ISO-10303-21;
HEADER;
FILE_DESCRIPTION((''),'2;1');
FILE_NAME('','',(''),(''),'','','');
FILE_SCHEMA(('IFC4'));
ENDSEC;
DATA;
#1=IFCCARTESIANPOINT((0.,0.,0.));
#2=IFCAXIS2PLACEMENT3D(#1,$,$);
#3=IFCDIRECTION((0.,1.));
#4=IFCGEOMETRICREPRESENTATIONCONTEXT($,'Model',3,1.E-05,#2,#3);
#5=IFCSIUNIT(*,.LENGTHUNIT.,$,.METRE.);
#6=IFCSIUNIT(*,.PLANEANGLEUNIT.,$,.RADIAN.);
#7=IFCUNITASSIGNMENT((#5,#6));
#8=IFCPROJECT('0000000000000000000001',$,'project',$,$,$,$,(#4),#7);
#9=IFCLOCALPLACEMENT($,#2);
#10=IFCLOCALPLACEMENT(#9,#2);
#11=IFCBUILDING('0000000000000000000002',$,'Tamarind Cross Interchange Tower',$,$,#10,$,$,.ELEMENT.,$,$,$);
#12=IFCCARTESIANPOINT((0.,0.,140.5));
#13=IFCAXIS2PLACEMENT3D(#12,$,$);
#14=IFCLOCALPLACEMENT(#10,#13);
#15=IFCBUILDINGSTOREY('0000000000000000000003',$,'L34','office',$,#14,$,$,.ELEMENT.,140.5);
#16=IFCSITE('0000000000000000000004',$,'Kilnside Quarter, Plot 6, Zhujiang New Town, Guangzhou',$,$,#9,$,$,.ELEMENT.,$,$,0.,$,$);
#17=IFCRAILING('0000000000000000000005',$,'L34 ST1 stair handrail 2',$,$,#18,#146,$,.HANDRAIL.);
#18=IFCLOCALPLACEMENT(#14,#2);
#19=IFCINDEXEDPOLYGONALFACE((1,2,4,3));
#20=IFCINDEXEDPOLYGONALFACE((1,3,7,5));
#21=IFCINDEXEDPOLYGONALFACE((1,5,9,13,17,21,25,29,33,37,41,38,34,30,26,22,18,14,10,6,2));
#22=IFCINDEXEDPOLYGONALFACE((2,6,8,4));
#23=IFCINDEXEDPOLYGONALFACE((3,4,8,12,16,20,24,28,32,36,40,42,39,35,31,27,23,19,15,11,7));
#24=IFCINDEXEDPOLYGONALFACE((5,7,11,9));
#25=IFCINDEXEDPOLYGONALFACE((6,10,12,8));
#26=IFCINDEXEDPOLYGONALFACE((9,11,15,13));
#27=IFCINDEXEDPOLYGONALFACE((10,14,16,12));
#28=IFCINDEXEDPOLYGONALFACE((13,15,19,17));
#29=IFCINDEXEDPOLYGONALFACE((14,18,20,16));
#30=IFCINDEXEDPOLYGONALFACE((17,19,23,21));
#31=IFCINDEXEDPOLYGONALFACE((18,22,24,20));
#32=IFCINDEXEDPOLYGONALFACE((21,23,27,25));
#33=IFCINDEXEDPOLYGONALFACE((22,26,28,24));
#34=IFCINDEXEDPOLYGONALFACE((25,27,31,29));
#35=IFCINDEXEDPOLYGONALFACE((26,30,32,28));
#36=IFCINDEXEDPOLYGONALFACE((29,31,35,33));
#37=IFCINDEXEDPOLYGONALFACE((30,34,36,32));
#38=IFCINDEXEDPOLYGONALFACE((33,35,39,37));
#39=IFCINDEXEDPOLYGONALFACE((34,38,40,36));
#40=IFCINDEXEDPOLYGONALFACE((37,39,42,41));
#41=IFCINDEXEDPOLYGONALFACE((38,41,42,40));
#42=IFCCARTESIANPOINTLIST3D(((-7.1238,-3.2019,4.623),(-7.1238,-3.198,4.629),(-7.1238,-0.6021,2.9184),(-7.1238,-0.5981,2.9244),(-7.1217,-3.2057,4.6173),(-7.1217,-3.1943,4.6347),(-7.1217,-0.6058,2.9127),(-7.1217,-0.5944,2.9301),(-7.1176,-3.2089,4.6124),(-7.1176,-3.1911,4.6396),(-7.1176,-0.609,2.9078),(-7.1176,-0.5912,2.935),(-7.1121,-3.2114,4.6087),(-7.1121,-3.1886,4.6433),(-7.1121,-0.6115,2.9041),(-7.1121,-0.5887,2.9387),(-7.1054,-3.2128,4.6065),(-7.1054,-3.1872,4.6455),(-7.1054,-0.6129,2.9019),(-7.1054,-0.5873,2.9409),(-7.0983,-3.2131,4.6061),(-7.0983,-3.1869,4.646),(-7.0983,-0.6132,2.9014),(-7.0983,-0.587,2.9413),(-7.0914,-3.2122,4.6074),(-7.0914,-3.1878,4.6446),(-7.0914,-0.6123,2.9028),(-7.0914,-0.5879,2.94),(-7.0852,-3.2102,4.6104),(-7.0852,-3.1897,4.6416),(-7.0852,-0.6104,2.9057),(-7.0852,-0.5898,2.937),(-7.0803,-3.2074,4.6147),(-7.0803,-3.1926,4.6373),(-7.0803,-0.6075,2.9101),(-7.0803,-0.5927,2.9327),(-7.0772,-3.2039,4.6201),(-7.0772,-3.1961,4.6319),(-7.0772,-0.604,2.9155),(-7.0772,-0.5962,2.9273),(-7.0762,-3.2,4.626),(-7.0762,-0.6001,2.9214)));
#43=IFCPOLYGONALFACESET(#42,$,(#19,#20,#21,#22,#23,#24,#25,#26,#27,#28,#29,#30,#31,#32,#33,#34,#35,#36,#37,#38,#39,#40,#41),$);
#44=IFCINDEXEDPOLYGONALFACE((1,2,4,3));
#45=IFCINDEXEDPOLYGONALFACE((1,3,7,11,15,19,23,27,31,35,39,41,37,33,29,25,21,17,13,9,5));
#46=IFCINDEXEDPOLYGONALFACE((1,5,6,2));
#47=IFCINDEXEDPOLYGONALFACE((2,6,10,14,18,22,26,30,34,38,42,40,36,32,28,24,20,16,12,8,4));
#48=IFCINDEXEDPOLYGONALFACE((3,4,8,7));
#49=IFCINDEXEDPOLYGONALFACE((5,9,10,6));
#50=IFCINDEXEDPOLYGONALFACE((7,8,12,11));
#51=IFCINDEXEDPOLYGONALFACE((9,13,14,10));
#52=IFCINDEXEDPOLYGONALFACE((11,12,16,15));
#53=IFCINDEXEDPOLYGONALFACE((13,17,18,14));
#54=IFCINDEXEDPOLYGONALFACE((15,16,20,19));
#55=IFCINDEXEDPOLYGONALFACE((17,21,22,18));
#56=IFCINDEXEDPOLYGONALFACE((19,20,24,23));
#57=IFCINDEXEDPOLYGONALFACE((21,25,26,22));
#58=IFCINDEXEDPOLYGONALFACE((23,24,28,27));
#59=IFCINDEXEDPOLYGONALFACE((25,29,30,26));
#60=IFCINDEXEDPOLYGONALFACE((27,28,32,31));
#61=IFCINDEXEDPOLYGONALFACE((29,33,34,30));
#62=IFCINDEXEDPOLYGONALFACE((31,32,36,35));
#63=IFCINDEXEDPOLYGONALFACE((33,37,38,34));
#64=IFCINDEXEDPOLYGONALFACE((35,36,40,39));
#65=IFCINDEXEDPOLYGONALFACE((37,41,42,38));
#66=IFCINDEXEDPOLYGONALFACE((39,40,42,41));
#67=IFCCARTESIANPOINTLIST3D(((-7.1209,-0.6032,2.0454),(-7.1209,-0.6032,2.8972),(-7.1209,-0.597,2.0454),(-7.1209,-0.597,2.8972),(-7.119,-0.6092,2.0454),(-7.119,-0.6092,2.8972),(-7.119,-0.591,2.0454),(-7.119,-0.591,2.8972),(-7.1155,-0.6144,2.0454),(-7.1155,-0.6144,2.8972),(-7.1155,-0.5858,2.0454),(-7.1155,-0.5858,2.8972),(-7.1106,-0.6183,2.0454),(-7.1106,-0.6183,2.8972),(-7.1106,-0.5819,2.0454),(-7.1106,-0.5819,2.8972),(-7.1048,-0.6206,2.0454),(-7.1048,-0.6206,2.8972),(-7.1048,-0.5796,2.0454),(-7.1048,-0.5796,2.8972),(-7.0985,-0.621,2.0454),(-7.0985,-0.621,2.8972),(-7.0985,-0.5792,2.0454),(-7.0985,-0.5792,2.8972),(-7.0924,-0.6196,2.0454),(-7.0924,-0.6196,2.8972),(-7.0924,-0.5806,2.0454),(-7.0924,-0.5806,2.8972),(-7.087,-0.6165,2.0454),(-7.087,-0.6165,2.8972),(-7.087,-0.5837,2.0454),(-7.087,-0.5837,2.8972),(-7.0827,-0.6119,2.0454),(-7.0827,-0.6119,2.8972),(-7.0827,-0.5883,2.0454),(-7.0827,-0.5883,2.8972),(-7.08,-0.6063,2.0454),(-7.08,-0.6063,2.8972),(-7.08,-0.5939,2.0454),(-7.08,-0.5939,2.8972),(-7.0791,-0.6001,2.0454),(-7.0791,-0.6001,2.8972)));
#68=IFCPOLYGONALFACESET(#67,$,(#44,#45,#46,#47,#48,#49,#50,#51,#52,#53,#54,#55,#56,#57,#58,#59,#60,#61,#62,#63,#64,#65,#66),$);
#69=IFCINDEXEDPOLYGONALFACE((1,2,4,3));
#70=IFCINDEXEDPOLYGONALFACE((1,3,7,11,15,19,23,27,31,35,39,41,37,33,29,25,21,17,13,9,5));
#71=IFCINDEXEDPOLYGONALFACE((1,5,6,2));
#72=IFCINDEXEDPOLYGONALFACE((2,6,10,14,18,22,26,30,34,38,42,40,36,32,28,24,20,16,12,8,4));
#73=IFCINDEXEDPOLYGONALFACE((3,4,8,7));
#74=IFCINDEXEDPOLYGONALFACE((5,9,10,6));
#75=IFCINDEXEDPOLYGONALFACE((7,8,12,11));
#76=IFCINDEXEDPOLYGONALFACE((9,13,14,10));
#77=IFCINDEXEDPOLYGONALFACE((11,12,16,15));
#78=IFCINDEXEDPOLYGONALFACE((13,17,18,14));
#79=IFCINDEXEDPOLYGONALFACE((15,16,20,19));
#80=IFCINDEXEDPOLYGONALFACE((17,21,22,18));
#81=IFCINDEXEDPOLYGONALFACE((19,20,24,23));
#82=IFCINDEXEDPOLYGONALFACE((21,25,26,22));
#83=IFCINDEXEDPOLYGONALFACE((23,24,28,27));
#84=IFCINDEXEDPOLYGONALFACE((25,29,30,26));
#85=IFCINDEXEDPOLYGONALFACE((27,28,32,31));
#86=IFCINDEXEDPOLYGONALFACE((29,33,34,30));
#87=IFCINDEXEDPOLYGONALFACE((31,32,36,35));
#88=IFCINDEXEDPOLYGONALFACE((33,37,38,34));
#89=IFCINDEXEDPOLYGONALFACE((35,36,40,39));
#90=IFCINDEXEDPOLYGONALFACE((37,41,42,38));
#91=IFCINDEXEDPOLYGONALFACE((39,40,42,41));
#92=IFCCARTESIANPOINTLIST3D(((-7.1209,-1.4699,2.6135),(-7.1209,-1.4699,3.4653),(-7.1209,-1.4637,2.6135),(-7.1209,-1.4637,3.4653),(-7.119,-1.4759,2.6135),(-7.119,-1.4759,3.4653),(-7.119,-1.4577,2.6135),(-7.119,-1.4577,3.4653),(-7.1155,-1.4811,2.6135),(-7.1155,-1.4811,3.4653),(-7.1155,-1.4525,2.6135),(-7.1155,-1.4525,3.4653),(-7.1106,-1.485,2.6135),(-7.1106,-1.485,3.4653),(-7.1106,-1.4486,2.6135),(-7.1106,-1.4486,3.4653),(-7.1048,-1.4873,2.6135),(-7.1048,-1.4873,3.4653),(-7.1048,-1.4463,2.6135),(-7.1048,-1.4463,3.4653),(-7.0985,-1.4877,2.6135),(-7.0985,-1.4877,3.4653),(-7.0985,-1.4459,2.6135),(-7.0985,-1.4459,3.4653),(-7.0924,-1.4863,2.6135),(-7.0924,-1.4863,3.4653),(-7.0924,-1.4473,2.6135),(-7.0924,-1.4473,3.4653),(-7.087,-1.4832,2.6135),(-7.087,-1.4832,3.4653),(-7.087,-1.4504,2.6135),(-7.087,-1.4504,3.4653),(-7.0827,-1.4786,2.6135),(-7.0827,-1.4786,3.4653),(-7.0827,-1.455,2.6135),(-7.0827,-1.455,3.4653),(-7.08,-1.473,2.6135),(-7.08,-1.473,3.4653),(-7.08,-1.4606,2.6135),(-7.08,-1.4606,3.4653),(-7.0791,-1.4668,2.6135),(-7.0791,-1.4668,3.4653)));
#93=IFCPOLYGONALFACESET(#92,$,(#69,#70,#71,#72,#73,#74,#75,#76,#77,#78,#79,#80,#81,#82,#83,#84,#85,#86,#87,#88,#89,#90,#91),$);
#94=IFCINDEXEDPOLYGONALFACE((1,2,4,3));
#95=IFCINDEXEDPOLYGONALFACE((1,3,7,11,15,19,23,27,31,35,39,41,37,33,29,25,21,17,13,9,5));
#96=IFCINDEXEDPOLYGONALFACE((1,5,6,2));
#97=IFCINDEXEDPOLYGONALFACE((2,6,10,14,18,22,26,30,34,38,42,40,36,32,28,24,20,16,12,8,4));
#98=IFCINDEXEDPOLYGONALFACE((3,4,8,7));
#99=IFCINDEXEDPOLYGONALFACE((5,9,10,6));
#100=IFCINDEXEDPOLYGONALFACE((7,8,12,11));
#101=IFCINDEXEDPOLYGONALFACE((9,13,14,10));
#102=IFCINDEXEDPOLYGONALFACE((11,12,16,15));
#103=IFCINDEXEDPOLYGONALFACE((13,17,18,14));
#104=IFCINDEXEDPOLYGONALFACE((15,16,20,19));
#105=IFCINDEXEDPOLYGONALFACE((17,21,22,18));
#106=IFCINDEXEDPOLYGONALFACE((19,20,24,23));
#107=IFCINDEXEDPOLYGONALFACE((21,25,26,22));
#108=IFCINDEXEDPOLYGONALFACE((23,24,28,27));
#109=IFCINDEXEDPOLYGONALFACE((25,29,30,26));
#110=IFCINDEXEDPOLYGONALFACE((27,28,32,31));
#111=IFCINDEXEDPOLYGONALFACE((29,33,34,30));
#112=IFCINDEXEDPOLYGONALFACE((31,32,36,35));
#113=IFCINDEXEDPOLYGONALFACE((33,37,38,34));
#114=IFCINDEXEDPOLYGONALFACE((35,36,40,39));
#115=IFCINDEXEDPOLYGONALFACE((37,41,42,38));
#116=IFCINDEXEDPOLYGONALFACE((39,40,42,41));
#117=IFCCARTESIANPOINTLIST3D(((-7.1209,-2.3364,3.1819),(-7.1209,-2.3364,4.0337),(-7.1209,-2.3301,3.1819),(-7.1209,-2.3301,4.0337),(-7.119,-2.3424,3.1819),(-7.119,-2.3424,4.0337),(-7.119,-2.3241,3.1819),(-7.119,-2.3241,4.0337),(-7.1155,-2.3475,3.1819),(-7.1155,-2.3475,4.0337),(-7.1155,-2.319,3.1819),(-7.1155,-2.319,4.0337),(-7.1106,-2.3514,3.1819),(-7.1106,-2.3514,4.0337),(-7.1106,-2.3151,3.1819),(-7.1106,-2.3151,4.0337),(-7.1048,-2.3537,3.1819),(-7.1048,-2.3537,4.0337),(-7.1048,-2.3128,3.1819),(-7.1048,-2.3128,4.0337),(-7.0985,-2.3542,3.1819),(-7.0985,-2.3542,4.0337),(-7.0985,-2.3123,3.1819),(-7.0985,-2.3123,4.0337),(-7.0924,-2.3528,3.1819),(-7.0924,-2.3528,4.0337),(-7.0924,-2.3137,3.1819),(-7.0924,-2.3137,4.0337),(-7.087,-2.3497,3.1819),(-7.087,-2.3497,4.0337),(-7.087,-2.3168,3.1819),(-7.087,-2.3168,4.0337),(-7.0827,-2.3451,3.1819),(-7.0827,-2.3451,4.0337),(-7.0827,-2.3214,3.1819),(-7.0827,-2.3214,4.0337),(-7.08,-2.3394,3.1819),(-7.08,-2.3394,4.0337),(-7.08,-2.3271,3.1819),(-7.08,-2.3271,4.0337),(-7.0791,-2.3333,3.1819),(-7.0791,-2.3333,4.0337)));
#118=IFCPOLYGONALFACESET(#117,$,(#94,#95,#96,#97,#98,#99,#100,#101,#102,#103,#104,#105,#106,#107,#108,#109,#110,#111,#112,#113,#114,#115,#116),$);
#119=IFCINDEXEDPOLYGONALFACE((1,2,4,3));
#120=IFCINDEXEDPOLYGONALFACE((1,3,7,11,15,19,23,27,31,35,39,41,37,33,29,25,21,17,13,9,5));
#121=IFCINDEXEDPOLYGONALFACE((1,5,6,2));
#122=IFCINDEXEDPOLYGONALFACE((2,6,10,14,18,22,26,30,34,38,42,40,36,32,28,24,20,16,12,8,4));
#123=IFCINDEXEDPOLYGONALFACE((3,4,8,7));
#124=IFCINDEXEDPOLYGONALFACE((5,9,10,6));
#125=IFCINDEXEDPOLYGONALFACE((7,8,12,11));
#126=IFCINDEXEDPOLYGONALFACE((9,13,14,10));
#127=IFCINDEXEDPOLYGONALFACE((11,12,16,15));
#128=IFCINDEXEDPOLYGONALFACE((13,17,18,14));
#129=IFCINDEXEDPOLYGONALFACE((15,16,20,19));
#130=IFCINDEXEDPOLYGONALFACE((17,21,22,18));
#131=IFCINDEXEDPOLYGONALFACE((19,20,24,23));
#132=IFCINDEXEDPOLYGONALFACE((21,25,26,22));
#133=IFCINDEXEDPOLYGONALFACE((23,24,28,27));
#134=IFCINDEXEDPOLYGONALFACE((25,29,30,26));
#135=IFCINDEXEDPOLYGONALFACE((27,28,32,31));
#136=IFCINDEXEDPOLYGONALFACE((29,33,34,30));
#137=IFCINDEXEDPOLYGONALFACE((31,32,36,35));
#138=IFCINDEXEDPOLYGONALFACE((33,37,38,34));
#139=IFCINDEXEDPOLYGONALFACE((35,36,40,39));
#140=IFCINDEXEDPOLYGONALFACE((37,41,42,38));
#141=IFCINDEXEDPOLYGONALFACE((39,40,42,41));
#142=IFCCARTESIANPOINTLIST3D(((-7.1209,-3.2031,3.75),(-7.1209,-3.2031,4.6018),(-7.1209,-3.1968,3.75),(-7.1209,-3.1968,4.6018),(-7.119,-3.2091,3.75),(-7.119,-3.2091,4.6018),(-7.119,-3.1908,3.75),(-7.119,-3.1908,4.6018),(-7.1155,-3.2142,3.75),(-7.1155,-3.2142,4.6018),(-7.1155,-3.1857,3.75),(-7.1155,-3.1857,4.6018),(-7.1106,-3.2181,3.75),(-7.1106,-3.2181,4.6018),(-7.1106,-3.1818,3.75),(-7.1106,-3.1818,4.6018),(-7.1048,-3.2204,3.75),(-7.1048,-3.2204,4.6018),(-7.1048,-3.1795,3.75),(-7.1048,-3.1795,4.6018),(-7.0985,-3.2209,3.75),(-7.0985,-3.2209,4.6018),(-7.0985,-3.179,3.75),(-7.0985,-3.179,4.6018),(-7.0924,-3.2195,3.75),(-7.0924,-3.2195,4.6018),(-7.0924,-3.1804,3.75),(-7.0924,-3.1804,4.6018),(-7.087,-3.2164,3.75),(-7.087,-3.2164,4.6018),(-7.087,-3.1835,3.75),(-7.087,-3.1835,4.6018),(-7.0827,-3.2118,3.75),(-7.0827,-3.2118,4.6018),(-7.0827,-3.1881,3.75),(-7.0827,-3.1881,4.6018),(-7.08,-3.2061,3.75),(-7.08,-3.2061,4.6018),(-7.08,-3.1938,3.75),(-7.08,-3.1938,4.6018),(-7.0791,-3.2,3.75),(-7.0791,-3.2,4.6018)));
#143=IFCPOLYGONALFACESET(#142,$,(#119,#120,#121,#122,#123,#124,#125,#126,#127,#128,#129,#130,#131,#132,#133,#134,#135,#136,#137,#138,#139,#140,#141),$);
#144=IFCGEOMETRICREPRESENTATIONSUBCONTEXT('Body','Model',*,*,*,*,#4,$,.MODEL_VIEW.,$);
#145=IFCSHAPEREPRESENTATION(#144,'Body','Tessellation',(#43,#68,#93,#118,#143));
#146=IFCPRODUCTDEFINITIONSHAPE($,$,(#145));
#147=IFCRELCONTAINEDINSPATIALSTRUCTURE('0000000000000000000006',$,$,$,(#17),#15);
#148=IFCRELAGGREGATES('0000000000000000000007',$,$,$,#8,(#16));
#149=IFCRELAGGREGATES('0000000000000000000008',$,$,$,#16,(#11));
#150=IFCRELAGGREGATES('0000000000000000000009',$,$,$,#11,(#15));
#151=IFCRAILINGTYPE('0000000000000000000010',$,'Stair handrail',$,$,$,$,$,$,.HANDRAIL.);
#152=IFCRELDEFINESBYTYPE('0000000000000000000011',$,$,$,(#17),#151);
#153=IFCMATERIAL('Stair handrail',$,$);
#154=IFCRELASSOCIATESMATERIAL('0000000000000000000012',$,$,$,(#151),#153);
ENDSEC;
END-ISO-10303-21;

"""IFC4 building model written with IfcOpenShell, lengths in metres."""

from ifc_helpers import new_model, si_unit, direction, frame, origin, origin_2d, place, context, subcontext, project, spatial, circle, extrude, material, type_object, element, save


model = new_model("IFC4")

# Units and contexts
model_context = context("Model", 3, precision=1e-05, world=origin(), true_north=direction((0.0, 1.0)))
body_context = subcontext(model_context, "Body", "Model", "MODEL_VIEW")
ifc_project = project(units=[si_unit("LENGTHUNIT", "METRE"), si_unit("PLANEANGLEUNIT", "RADIAN")], contexts=[model_context])

# Site, building, storey
site_placement = place(None, origin())
site = spatial("IfcSite", under=ifc_project, at=site_placement, Name="Kilnside Quarter, Plot 6, Zhujiang New Town, Guangzhou", CompositionType="ELEMENT", RefElevation=0.0)
building_placement = place(site_placement, origin())
building = spatial("IfcBuilding", under=site, at=building_placement, Name="Tamarind Cross Interchange Tower", CompositionType="ELEMENT")
storey_placement = place(building_placement, frame((0.0, 0.0, 140.5)))
storey = spatial("IfcBuildingStorey", under=building, at=storey_placement, Name="L34", Description="office", CompositionType="ELEMENT", Elevation=140.5)

# Railing
ifc_material_1 = material(Name="Stair handrail")
railing_type_1 = type_object("IfcRailingType", Name="Stair handrail", PredefinedType="HANDRAIL", material=ifc_material_1)
railing_1_placement = place(storey_placement, frame((-7.1001, -0.6001, 2.0454)))
element("IfcRailing", 1, at=railing_1_placement, inside=storey, type_object=railing_type_1, Name="L34 ST1 stair handrail 2", PredefinedType="HANDRAIL", context=body_context, shape_type="SweptSolid", body=[
    extrude(circle(Radius=0.0239, at=origin_2d()), frame((0.0, 0.0, 0.876), z_axis=(0.0, -0.836279, 0.548305), x_axis=(1.0, 0.0, 0.0)), (0.0, 0.0, 1.0), 3.1089),
    extrude(circle(Radius=0.021, at=origin_2d()), origin(), (0.0, 0.0, 1.0), 0.8518),
    extrude(circle(Radius=0.021, at=origin_2d()), frame((0.0, -0.8667, 0.5681)), (0.0, 0.0, 1.0), 0.8518),
    extrude(circle(Radius=0.021, at=origin_2d()), frame((0.0, -1.7332, 1.1365)), (0.0, 0.0, 1.0), 0.8518),
    extrude(circle(Radius=0.021, at=origin_2d()), frame((0.0, -2.5999, 1.7046)), (0.0, 0.0, 1.0), 0.8518),
])

save(model, "model.ifc")
